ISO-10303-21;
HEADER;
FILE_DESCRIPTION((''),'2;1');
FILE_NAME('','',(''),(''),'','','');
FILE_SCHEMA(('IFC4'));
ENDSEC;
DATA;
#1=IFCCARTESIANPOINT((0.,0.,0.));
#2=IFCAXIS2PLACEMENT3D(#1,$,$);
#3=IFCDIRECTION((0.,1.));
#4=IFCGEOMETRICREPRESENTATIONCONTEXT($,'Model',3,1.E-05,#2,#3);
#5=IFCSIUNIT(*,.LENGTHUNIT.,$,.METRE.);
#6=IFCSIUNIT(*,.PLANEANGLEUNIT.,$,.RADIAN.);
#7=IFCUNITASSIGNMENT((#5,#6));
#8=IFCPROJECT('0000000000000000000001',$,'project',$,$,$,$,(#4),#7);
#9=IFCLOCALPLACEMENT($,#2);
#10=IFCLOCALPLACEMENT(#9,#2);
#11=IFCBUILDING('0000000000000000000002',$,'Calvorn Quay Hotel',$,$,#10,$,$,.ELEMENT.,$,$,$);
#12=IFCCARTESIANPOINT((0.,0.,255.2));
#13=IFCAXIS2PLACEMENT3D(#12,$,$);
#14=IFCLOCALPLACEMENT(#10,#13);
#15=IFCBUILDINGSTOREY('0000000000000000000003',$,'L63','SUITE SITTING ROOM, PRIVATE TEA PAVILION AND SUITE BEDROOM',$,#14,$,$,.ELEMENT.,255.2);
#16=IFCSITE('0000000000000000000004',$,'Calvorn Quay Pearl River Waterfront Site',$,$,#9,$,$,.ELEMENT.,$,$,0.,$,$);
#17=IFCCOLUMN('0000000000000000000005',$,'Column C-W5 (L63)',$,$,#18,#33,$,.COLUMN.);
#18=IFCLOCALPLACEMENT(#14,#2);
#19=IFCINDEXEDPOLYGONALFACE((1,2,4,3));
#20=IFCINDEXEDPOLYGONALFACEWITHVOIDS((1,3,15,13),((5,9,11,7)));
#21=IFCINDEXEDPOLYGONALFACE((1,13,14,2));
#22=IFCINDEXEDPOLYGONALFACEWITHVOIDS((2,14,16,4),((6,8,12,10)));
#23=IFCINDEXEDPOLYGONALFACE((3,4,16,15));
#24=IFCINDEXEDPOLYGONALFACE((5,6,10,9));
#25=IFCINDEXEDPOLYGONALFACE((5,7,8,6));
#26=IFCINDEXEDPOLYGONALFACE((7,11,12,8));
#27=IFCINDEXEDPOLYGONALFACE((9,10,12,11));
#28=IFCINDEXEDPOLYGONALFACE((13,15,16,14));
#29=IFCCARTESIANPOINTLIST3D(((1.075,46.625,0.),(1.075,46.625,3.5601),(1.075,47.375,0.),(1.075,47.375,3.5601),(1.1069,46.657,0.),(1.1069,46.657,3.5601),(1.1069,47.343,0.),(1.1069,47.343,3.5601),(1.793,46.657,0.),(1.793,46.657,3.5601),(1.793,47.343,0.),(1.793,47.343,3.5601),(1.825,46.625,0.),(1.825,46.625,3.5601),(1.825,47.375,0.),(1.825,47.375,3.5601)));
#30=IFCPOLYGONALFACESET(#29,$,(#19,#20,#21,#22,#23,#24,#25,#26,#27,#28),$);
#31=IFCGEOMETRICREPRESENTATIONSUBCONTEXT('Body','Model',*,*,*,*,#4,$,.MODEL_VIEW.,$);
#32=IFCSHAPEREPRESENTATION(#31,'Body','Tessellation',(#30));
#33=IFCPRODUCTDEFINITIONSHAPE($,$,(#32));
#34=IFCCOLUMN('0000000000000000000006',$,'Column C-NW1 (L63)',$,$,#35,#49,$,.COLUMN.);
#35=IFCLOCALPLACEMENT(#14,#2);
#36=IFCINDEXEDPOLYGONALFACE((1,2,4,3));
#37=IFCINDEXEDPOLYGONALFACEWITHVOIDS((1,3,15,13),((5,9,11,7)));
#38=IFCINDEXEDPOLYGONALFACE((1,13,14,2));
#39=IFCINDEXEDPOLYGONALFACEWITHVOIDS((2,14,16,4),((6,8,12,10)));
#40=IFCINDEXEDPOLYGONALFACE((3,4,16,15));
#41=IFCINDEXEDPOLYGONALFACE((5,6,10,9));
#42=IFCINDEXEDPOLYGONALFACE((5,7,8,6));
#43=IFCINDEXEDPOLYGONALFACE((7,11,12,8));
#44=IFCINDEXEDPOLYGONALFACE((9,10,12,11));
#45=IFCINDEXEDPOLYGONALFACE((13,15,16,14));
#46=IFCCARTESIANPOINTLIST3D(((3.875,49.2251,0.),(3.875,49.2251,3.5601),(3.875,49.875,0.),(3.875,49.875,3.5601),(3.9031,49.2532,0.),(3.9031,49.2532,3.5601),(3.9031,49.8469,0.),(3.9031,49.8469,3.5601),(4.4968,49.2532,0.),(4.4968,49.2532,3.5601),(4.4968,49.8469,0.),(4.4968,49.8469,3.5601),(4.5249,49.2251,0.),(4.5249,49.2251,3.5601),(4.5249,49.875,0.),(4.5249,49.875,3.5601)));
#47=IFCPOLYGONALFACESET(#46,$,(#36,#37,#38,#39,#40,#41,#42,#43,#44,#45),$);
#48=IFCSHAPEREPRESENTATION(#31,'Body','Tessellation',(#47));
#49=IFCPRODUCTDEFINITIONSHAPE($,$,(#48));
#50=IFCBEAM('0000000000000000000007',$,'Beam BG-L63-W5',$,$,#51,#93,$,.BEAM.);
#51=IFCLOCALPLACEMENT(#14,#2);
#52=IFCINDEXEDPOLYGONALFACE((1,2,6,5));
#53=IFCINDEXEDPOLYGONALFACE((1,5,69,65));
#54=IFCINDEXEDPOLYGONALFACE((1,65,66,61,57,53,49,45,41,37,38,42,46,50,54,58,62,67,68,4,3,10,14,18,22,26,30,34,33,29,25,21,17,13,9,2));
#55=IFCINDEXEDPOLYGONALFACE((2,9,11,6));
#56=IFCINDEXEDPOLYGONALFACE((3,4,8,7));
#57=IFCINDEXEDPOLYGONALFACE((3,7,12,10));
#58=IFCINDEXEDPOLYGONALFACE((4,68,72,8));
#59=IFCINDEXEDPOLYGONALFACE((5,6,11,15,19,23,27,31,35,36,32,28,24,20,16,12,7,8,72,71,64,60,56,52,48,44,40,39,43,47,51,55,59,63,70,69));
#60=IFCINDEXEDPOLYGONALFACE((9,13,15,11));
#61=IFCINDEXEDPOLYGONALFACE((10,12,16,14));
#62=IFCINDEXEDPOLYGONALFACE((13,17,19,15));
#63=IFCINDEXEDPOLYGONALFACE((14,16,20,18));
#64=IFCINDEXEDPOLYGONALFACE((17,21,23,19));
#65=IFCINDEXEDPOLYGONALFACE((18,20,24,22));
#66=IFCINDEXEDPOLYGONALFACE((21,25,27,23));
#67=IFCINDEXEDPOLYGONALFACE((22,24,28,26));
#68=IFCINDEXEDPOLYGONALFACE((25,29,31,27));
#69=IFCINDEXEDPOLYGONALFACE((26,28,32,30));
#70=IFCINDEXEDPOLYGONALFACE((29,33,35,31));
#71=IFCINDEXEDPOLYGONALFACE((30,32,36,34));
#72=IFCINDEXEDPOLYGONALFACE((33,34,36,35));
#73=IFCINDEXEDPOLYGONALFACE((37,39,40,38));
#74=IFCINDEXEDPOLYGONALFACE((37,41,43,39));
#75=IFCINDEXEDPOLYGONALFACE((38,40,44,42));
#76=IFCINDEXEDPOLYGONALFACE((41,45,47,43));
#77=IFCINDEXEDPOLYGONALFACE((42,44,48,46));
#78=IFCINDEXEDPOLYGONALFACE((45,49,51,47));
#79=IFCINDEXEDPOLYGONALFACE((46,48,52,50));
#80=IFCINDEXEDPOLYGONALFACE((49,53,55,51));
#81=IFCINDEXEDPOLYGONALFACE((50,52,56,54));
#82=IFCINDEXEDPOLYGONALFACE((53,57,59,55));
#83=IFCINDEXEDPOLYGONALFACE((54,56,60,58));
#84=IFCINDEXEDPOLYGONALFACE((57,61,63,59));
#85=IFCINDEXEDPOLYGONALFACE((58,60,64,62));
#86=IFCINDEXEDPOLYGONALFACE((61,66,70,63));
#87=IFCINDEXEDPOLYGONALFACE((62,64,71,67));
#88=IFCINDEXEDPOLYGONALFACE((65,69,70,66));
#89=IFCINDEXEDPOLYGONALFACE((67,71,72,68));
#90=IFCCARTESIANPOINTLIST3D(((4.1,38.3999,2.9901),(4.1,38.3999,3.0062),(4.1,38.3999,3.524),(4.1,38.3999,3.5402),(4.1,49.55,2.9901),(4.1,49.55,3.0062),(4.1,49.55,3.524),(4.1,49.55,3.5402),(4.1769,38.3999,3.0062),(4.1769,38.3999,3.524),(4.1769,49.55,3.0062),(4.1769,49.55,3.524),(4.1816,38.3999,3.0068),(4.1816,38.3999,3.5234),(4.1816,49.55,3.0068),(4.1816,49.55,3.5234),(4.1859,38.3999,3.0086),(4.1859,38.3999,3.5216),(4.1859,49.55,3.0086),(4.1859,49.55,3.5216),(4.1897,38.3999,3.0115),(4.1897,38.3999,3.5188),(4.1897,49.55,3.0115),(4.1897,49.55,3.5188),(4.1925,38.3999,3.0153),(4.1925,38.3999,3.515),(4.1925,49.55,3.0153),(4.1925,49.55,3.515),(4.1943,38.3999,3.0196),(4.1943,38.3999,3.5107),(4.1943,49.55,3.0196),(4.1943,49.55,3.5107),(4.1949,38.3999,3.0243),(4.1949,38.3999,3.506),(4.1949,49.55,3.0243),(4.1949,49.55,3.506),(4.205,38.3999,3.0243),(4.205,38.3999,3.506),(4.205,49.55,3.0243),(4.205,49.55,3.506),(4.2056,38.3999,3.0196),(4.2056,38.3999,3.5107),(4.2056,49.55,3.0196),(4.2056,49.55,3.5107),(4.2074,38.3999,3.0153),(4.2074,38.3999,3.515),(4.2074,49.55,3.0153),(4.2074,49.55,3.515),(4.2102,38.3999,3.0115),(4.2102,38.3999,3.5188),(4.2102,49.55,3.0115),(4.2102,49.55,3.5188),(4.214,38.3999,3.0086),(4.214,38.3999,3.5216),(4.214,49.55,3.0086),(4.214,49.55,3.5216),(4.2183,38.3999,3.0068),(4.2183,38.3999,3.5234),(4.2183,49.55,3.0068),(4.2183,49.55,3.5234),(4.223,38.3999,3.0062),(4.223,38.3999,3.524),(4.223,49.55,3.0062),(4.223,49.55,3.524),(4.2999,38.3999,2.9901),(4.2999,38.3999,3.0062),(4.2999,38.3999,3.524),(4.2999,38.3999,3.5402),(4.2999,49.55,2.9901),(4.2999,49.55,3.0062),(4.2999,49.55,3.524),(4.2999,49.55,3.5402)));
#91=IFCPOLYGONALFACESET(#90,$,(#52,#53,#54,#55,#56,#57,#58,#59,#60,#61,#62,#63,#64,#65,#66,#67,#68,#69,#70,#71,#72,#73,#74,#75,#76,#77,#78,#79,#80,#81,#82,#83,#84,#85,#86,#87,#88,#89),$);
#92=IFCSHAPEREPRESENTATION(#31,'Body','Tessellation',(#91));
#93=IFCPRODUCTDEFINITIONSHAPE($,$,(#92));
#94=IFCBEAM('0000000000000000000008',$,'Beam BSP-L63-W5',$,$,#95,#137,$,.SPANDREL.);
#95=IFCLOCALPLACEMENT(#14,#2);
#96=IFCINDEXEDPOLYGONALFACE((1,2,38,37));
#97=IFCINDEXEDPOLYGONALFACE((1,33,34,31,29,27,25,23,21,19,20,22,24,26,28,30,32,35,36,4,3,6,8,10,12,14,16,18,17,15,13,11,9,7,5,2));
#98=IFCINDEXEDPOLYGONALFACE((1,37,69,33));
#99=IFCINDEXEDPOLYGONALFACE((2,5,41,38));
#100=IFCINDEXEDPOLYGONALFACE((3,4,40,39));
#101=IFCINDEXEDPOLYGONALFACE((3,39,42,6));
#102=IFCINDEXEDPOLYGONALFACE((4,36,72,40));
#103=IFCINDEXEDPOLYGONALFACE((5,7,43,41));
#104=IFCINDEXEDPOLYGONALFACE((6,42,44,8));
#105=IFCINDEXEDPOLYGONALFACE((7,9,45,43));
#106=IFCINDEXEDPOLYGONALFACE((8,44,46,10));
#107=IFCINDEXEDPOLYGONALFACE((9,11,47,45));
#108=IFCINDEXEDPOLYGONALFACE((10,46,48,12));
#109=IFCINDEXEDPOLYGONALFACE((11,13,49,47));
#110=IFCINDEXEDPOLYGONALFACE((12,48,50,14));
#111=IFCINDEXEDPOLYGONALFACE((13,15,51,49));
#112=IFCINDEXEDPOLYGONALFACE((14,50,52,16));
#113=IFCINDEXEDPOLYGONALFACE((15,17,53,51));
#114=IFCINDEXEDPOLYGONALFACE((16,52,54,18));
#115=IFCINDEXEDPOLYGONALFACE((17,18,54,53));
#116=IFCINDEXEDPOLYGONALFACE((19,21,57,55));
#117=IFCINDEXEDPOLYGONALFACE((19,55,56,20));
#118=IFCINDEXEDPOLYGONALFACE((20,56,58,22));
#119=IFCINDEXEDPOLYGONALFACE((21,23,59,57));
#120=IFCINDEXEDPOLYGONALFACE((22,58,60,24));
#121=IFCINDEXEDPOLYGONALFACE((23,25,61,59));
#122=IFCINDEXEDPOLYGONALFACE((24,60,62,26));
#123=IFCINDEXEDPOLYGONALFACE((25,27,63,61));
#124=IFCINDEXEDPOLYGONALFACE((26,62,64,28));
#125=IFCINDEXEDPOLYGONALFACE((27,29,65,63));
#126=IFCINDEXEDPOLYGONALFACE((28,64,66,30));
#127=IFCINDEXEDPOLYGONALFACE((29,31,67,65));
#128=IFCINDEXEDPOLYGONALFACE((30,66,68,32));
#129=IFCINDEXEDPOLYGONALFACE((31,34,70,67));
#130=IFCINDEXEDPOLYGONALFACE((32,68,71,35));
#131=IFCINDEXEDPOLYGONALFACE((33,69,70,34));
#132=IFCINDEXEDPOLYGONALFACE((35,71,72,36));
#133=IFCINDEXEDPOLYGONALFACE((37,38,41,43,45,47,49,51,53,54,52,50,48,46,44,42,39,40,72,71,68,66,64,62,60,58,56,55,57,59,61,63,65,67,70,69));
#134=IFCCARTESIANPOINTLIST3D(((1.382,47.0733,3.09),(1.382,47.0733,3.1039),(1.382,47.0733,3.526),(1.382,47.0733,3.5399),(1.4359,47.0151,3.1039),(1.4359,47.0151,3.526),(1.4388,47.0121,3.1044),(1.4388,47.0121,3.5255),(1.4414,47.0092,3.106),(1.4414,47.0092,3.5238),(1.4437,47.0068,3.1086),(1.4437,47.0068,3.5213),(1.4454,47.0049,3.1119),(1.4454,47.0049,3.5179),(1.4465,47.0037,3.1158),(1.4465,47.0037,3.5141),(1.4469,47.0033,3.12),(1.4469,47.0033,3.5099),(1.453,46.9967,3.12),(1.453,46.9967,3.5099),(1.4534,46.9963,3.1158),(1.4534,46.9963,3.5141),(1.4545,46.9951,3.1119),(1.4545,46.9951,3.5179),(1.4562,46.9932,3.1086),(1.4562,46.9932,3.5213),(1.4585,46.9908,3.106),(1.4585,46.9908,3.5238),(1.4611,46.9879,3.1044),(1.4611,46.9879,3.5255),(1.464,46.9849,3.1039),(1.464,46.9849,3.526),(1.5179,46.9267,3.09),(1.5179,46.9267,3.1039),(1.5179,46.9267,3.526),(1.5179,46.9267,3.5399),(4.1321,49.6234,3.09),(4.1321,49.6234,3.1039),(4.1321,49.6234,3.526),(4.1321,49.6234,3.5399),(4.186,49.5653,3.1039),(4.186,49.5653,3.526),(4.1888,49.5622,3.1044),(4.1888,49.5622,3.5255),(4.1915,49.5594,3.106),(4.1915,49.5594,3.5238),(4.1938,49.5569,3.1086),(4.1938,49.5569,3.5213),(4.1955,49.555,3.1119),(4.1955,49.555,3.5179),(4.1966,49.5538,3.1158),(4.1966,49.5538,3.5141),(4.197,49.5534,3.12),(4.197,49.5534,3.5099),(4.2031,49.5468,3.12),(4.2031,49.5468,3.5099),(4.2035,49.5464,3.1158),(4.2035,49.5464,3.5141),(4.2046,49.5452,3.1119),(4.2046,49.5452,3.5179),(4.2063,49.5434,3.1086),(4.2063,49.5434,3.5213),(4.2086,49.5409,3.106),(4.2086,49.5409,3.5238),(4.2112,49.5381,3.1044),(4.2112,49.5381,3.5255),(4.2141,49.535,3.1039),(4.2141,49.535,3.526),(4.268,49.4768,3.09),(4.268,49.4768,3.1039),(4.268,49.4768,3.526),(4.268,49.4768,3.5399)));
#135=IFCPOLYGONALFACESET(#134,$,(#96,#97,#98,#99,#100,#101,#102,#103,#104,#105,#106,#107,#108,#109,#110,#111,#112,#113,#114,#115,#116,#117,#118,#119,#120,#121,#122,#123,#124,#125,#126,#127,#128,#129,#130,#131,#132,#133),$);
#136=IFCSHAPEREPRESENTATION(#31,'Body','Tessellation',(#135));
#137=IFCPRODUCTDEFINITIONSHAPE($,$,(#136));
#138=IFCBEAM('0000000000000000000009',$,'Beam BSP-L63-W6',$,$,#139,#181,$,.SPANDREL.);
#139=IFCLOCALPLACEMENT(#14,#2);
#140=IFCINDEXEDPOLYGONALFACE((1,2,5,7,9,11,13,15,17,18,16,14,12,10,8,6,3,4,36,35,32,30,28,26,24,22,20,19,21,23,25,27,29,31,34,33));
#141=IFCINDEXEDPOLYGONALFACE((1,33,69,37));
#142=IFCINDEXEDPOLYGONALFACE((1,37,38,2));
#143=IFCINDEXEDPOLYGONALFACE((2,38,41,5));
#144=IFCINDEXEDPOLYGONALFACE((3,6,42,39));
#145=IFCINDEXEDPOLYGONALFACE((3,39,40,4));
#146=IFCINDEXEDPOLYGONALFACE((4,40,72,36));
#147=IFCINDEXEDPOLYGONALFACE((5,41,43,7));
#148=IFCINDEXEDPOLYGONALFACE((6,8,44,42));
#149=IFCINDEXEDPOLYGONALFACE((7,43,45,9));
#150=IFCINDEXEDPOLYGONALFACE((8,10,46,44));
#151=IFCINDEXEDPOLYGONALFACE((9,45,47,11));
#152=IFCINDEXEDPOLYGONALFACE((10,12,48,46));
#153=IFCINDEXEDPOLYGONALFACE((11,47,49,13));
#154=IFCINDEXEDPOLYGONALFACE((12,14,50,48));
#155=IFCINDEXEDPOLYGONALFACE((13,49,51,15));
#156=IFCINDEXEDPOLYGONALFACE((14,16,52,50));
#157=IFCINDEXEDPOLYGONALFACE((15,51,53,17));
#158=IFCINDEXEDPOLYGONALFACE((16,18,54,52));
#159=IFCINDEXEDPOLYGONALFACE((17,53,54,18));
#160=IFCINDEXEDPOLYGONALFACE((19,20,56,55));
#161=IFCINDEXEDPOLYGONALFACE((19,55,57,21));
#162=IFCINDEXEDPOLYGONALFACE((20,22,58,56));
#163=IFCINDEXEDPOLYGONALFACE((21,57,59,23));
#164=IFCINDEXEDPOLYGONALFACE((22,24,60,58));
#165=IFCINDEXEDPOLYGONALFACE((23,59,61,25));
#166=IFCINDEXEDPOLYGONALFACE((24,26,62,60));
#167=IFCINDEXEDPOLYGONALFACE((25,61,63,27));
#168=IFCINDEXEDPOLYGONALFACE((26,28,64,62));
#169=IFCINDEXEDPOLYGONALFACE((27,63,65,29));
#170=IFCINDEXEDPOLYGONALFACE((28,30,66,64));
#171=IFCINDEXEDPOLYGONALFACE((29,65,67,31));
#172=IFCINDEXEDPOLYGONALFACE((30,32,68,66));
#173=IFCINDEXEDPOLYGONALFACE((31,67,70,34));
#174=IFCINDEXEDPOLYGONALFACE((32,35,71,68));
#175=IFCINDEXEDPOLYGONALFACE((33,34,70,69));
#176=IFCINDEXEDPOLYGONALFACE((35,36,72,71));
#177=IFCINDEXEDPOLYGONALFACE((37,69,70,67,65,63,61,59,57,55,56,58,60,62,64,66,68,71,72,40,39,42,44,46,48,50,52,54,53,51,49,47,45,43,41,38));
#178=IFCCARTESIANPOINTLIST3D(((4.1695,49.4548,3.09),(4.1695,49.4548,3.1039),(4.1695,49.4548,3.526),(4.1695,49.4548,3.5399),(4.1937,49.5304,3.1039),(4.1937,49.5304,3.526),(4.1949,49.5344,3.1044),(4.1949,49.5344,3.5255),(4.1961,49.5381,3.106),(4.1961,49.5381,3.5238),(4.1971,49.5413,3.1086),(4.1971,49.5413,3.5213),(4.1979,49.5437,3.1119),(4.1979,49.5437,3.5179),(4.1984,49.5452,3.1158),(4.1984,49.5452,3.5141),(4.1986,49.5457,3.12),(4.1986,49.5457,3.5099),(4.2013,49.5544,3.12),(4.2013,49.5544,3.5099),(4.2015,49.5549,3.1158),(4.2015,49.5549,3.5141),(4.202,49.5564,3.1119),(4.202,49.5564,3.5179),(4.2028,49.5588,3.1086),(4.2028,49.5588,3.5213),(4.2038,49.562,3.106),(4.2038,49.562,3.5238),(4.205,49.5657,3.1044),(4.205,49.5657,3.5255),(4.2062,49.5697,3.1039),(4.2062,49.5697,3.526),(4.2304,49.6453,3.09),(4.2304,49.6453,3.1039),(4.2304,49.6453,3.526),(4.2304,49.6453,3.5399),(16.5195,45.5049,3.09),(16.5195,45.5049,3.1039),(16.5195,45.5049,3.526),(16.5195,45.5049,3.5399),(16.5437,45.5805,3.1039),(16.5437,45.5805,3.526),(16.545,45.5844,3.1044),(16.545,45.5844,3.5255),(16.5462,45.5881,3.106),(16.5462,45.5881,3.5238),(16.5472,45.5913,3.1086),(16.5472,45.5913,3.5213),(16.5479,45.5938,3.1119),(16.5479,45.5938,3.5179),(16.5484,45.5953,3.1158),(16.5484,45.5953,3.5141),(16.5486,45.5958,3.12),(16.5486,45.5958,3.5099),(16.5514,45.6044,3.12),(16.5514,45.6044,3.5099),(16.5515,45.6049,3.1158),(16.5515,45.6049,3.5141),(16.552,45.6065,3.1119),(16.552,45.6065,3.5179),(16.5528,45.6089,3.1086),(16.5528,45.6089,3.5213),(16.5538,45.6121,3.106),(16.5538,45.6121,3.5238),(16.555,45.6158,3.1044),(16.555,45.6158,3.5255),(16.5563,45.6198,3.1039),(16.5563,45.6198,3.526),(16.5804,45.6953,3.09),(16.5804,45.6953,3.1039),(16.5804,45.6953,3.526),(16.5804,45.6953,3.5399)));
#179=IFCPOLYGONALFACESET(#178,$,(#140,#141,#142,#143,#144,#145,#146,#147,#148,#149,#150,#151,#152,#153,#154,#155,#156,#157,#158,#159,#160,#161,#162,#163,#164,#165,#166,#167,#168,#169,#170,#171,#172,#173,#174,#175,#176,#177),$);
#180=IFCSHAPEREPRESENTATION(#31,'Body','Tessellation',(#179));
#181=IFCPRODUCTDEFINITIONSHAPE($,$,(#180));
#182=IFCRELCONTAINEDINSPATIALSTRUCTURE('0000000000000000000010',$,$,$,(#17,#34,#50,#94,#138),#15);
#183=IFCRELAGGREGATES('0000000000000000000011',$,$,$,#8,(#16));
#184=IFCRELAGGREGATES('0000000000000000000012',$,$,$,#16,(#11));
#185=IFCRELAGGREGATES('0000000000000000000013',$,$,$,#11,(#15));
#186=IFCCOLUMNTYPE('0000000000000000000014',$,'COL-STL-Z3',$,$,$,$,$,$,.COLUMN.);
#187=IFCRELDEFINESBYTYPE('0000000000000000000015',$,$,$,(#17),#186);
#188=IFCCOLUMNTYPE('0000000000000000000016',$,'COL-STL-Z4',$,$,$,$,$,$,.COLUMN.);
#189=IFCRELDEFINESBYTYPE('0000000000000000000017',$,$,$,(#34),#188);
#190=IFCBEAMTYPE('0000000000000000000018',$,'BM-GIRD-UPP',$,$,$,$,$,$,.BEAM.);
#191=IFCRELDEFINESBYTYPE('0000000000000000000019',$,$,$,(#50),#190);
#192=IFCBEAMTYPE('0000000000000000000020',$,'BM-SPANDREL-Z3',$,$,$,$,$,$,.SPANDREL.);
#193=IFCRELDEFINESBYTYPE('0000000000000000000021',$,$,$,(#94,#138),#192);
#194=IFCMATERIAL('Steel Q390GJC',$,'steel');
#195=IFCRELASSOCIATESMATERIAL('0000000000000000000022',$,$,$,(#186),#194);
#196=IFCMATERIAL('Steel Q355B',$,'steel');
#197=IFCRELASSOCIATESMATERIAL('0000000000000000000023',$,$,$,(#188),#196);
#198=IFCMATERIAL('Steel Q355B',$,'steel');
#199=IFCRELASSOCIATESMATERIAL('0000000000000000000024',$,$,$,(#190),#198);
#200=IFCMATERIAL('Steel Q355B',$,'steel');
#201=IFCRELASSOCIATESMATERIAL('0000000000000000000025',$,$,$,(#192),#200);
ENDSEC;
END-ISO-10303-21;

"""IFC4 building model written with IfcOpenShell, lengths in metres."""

from ifc_helpers import new_model, si_unit, direction, frame, origin, origin_2d, place, context, subcontext, project, spatial, hollow_rectangle, i_section, extrude, material, material_profile, profile_set, type_object, element, save


model = new_model("IFC4")

# Units and contexts
model_context = context("Model", 3, precision=1e-05, world=origin(), true_north=direction((0.0, 1.0)))
body_context = subcontext(model_context, "Body", "Model", "MODEL_VIEW")
ifc_project = project(units=[si_unit("LENGTHUNIT", "METRE"), si_unit("PLANEANGLEUNIT", "RADIAN")], contexts=[model_context])

# Site, building, storey
site_placement = place(None, origin())
site = spatial("IfcSite", under=ifc_project, at=site_placement, Name="Calvorn Quay Pearl River Waterfront Site", CompositionType="ELEMENT", RefElevation=0.0)
building_placement = place(site_placement, origin())
building = spatial("IfcBuilding", under=site, at=building_placement, Name="Calvorn Quay Hotel", CompositionType="ELEMENT")
storey_placement = place(building_placement, frame((0.0, 0.0, 255.2)))
storey = spatial("IfcBuildingStorey", under=building, at=storey_placement, Name="L63", Description="SUITE SITTING ROOM, PRIVATE TEA PAVILION AND SUITE BEDROOM", CompositionType="ELEMENT", Elevation=255.2)

# Columns
ifc_material_1 = material(Name="Steel Q390GJC", Category="steel")
ifc_material_profile_1 = material_profile(ifc_material_1, hollow_rectangle(XDim=0.75, YDim=0.75, WallThickness=0.032, at=origin_2d()), Name="BOX750x750x32")
ifc_profile_set_1 = profile_set([ifc_material_profile_1], Name="Steel Q390GJC")
column_type_1 = type_object("IfcColumnType", Name="COL-STL-Z3", PredefinedType="COLUMN", material=ifc_profile_set_1)
column_1_placement = place(storey_placement, frame((1.45, 47.0, 0.0), z_axis=(0.0, 0.0, 1.0), x_axis=(1.0, 0.0, 0.0)))
element("IfcColumn", 1, at=column_1_placement, inside=storey, type_object=column_type_1, Name="Column C-W5 (L63)", PredefinedType="COLUMN", context=body_context, shape_type="SweptSolid", body=[
    extrude(hollow_rectangle(XDim=0.75, YDim=0.75, WallThickness=0.032, at=origin_2d()), origin(), (0.0, 0.0, 1.0), 3.5601),
])
ifc_material_2 = material(Name="Steel Q355B", Category="steel")
ifc_material_profile_2 = material_profile(ifc_material_2, hollow_rectangle(XDim=0.6499, YDim=0.6499, WallThickness=0.0281, at=origin_2d()), Name="BOX650x650x28")
ifc_profile_set_2 = profile_set([ifc_material_profile_2], Name="Steel Q355B")
column_type_2 = type_object("IfcColumnType", Name="COL-STL-Z4", PredefinedType="COLUMN", material=ifc_profile_set_2)
column_2_placement = place(storey_placement, frame((4.2, 49.55, 0.0), z_axis=(0.0, 0.0, 1.0), x_axis=(1.0, 0.0, 0.0)))
element("IfcColumn", 2, at=column_2_placement, inside=storey, type_object=column_type_2, Name="Column C-NW1 (L63)", PredefinedType="COLUMN", context=body_context, shape_type="SweptSolid", body=[
    extrude(hollow_rectangle(XDim=0.6499, YDim=0.6499, WallThickness=0.0281, at=origin_2d()), origin(), (0.0, 0.0, 1.0), 3.5601),
])

# Beams
ifc_material_3 = material(Name="Steel Q355B", Category="steel")
ifc_material_profile_3 = material_profile(ifc_material_3, i_section(OverallWidth=0.2, OverallDepth=0.55, WebThickness=0.01, FlangeThickness=0.0161, FilletRadius=0.0181, at=origin_2d()), Name="HN550x200x10x16")
ifc_profile_set_3 = profile_set([ifc_material_profile_3], Name="Steel Q355B")
beam_type_1 = type_object("IfcBeamType", Name="BM-GIRD-UPP", PredefinedType="BEAM", material=ifc_profile_set_3)
beam_1_placement = place(storey_placement, frame((4.2, 49.55, 3.2651), z_axis=(0.0, -1.0, 0.0), x_axis=(1.0, 0.0, 0.0)))
element("IfcBeam", 3, at=beam_1_placement, inside=storey, type_object=beam_type_1, Name="Beam BG-L63-W5", PredefinedType="BEAM", context=body_context, shape_type="SweptSolid", body=[
    extrude(i_section(OverallWidth=0.2, OverallDepth=0.55, WebThickness=0.01, FlangeThickness=0.0161, FilletRadius=0.0181, at=origin_2d()), origin(), (0.0, 0.0, 1.0), 11.1501),
])
ifc_material_4 = material(Name="Steel Q355B", Category="steel")
ifc_material_profile_4 = material_profile(ifc_material_4, i_section(OverallWidth=0.2, OverallDepth=0.45, WebThickness=0.009, FlangeThickness=0.0139, FilletRadius=0.0161, at=origin_2d()), Name="HN450x200x9x14")
ifc_profile_set_4 = profile_set([ifc_material_profile_4], Name="Steel Q355B")
beam_type_2 = type_object("IfcBeamType", Name="BM-SPANDREL-Z3", PredefinedType="SPANDREL", material=ifc_profile_set_4)
beam_2_placement = place(storey_placement, frame((1.45, 47.0, 3.3149), z_axis=(0.733262, 0.679947, 0.0), x_axis=(-0.679947, 0.733262, 0.0)))
element("IfcBeam", 4, at=beam_2_placement, inside=storey, type_object=beam_type_2, Name="Beam BSP-L63-W5", PredefinedType="SPANDREL", context=body_context, shape_type="SweptSolid", body=[
    extrude(i_section(OverallWidth=0.2, OverallDepth=0.45, WebThickness=0.009, FlangeThickness=0.0139, FilletRadius=0.0161, at=origin_2d()), origin(), (0.0, 0.0, 1.0), 3.7505),
])
beam_3_placement = place(storey_placement, frame((4.2, 49.55, 3.3149), z_axis=(0.952471, -0.30463, 0.0), x_axis=(0.30463, 0.952471, 0.0)))
element("IfcBeam", 5, at=beam_3_placement, inside=storey, type_object=beam_type_2, Name="Beam BSP-L63-W6", PredefinedType="SPANDREL", context=body_context, shape_type="SweptSolid", body=[
    extrude(i_section(OverallWidth=0.2, OverallDepth=0.45, WebThickness=0.009, FlangeThickness=0.0139, FilletRadius=0.0161, at=origin_2d()), origin(), (0.0, 0.0, 1.0), 12.9663),
])

save(model, "model.ifc")
